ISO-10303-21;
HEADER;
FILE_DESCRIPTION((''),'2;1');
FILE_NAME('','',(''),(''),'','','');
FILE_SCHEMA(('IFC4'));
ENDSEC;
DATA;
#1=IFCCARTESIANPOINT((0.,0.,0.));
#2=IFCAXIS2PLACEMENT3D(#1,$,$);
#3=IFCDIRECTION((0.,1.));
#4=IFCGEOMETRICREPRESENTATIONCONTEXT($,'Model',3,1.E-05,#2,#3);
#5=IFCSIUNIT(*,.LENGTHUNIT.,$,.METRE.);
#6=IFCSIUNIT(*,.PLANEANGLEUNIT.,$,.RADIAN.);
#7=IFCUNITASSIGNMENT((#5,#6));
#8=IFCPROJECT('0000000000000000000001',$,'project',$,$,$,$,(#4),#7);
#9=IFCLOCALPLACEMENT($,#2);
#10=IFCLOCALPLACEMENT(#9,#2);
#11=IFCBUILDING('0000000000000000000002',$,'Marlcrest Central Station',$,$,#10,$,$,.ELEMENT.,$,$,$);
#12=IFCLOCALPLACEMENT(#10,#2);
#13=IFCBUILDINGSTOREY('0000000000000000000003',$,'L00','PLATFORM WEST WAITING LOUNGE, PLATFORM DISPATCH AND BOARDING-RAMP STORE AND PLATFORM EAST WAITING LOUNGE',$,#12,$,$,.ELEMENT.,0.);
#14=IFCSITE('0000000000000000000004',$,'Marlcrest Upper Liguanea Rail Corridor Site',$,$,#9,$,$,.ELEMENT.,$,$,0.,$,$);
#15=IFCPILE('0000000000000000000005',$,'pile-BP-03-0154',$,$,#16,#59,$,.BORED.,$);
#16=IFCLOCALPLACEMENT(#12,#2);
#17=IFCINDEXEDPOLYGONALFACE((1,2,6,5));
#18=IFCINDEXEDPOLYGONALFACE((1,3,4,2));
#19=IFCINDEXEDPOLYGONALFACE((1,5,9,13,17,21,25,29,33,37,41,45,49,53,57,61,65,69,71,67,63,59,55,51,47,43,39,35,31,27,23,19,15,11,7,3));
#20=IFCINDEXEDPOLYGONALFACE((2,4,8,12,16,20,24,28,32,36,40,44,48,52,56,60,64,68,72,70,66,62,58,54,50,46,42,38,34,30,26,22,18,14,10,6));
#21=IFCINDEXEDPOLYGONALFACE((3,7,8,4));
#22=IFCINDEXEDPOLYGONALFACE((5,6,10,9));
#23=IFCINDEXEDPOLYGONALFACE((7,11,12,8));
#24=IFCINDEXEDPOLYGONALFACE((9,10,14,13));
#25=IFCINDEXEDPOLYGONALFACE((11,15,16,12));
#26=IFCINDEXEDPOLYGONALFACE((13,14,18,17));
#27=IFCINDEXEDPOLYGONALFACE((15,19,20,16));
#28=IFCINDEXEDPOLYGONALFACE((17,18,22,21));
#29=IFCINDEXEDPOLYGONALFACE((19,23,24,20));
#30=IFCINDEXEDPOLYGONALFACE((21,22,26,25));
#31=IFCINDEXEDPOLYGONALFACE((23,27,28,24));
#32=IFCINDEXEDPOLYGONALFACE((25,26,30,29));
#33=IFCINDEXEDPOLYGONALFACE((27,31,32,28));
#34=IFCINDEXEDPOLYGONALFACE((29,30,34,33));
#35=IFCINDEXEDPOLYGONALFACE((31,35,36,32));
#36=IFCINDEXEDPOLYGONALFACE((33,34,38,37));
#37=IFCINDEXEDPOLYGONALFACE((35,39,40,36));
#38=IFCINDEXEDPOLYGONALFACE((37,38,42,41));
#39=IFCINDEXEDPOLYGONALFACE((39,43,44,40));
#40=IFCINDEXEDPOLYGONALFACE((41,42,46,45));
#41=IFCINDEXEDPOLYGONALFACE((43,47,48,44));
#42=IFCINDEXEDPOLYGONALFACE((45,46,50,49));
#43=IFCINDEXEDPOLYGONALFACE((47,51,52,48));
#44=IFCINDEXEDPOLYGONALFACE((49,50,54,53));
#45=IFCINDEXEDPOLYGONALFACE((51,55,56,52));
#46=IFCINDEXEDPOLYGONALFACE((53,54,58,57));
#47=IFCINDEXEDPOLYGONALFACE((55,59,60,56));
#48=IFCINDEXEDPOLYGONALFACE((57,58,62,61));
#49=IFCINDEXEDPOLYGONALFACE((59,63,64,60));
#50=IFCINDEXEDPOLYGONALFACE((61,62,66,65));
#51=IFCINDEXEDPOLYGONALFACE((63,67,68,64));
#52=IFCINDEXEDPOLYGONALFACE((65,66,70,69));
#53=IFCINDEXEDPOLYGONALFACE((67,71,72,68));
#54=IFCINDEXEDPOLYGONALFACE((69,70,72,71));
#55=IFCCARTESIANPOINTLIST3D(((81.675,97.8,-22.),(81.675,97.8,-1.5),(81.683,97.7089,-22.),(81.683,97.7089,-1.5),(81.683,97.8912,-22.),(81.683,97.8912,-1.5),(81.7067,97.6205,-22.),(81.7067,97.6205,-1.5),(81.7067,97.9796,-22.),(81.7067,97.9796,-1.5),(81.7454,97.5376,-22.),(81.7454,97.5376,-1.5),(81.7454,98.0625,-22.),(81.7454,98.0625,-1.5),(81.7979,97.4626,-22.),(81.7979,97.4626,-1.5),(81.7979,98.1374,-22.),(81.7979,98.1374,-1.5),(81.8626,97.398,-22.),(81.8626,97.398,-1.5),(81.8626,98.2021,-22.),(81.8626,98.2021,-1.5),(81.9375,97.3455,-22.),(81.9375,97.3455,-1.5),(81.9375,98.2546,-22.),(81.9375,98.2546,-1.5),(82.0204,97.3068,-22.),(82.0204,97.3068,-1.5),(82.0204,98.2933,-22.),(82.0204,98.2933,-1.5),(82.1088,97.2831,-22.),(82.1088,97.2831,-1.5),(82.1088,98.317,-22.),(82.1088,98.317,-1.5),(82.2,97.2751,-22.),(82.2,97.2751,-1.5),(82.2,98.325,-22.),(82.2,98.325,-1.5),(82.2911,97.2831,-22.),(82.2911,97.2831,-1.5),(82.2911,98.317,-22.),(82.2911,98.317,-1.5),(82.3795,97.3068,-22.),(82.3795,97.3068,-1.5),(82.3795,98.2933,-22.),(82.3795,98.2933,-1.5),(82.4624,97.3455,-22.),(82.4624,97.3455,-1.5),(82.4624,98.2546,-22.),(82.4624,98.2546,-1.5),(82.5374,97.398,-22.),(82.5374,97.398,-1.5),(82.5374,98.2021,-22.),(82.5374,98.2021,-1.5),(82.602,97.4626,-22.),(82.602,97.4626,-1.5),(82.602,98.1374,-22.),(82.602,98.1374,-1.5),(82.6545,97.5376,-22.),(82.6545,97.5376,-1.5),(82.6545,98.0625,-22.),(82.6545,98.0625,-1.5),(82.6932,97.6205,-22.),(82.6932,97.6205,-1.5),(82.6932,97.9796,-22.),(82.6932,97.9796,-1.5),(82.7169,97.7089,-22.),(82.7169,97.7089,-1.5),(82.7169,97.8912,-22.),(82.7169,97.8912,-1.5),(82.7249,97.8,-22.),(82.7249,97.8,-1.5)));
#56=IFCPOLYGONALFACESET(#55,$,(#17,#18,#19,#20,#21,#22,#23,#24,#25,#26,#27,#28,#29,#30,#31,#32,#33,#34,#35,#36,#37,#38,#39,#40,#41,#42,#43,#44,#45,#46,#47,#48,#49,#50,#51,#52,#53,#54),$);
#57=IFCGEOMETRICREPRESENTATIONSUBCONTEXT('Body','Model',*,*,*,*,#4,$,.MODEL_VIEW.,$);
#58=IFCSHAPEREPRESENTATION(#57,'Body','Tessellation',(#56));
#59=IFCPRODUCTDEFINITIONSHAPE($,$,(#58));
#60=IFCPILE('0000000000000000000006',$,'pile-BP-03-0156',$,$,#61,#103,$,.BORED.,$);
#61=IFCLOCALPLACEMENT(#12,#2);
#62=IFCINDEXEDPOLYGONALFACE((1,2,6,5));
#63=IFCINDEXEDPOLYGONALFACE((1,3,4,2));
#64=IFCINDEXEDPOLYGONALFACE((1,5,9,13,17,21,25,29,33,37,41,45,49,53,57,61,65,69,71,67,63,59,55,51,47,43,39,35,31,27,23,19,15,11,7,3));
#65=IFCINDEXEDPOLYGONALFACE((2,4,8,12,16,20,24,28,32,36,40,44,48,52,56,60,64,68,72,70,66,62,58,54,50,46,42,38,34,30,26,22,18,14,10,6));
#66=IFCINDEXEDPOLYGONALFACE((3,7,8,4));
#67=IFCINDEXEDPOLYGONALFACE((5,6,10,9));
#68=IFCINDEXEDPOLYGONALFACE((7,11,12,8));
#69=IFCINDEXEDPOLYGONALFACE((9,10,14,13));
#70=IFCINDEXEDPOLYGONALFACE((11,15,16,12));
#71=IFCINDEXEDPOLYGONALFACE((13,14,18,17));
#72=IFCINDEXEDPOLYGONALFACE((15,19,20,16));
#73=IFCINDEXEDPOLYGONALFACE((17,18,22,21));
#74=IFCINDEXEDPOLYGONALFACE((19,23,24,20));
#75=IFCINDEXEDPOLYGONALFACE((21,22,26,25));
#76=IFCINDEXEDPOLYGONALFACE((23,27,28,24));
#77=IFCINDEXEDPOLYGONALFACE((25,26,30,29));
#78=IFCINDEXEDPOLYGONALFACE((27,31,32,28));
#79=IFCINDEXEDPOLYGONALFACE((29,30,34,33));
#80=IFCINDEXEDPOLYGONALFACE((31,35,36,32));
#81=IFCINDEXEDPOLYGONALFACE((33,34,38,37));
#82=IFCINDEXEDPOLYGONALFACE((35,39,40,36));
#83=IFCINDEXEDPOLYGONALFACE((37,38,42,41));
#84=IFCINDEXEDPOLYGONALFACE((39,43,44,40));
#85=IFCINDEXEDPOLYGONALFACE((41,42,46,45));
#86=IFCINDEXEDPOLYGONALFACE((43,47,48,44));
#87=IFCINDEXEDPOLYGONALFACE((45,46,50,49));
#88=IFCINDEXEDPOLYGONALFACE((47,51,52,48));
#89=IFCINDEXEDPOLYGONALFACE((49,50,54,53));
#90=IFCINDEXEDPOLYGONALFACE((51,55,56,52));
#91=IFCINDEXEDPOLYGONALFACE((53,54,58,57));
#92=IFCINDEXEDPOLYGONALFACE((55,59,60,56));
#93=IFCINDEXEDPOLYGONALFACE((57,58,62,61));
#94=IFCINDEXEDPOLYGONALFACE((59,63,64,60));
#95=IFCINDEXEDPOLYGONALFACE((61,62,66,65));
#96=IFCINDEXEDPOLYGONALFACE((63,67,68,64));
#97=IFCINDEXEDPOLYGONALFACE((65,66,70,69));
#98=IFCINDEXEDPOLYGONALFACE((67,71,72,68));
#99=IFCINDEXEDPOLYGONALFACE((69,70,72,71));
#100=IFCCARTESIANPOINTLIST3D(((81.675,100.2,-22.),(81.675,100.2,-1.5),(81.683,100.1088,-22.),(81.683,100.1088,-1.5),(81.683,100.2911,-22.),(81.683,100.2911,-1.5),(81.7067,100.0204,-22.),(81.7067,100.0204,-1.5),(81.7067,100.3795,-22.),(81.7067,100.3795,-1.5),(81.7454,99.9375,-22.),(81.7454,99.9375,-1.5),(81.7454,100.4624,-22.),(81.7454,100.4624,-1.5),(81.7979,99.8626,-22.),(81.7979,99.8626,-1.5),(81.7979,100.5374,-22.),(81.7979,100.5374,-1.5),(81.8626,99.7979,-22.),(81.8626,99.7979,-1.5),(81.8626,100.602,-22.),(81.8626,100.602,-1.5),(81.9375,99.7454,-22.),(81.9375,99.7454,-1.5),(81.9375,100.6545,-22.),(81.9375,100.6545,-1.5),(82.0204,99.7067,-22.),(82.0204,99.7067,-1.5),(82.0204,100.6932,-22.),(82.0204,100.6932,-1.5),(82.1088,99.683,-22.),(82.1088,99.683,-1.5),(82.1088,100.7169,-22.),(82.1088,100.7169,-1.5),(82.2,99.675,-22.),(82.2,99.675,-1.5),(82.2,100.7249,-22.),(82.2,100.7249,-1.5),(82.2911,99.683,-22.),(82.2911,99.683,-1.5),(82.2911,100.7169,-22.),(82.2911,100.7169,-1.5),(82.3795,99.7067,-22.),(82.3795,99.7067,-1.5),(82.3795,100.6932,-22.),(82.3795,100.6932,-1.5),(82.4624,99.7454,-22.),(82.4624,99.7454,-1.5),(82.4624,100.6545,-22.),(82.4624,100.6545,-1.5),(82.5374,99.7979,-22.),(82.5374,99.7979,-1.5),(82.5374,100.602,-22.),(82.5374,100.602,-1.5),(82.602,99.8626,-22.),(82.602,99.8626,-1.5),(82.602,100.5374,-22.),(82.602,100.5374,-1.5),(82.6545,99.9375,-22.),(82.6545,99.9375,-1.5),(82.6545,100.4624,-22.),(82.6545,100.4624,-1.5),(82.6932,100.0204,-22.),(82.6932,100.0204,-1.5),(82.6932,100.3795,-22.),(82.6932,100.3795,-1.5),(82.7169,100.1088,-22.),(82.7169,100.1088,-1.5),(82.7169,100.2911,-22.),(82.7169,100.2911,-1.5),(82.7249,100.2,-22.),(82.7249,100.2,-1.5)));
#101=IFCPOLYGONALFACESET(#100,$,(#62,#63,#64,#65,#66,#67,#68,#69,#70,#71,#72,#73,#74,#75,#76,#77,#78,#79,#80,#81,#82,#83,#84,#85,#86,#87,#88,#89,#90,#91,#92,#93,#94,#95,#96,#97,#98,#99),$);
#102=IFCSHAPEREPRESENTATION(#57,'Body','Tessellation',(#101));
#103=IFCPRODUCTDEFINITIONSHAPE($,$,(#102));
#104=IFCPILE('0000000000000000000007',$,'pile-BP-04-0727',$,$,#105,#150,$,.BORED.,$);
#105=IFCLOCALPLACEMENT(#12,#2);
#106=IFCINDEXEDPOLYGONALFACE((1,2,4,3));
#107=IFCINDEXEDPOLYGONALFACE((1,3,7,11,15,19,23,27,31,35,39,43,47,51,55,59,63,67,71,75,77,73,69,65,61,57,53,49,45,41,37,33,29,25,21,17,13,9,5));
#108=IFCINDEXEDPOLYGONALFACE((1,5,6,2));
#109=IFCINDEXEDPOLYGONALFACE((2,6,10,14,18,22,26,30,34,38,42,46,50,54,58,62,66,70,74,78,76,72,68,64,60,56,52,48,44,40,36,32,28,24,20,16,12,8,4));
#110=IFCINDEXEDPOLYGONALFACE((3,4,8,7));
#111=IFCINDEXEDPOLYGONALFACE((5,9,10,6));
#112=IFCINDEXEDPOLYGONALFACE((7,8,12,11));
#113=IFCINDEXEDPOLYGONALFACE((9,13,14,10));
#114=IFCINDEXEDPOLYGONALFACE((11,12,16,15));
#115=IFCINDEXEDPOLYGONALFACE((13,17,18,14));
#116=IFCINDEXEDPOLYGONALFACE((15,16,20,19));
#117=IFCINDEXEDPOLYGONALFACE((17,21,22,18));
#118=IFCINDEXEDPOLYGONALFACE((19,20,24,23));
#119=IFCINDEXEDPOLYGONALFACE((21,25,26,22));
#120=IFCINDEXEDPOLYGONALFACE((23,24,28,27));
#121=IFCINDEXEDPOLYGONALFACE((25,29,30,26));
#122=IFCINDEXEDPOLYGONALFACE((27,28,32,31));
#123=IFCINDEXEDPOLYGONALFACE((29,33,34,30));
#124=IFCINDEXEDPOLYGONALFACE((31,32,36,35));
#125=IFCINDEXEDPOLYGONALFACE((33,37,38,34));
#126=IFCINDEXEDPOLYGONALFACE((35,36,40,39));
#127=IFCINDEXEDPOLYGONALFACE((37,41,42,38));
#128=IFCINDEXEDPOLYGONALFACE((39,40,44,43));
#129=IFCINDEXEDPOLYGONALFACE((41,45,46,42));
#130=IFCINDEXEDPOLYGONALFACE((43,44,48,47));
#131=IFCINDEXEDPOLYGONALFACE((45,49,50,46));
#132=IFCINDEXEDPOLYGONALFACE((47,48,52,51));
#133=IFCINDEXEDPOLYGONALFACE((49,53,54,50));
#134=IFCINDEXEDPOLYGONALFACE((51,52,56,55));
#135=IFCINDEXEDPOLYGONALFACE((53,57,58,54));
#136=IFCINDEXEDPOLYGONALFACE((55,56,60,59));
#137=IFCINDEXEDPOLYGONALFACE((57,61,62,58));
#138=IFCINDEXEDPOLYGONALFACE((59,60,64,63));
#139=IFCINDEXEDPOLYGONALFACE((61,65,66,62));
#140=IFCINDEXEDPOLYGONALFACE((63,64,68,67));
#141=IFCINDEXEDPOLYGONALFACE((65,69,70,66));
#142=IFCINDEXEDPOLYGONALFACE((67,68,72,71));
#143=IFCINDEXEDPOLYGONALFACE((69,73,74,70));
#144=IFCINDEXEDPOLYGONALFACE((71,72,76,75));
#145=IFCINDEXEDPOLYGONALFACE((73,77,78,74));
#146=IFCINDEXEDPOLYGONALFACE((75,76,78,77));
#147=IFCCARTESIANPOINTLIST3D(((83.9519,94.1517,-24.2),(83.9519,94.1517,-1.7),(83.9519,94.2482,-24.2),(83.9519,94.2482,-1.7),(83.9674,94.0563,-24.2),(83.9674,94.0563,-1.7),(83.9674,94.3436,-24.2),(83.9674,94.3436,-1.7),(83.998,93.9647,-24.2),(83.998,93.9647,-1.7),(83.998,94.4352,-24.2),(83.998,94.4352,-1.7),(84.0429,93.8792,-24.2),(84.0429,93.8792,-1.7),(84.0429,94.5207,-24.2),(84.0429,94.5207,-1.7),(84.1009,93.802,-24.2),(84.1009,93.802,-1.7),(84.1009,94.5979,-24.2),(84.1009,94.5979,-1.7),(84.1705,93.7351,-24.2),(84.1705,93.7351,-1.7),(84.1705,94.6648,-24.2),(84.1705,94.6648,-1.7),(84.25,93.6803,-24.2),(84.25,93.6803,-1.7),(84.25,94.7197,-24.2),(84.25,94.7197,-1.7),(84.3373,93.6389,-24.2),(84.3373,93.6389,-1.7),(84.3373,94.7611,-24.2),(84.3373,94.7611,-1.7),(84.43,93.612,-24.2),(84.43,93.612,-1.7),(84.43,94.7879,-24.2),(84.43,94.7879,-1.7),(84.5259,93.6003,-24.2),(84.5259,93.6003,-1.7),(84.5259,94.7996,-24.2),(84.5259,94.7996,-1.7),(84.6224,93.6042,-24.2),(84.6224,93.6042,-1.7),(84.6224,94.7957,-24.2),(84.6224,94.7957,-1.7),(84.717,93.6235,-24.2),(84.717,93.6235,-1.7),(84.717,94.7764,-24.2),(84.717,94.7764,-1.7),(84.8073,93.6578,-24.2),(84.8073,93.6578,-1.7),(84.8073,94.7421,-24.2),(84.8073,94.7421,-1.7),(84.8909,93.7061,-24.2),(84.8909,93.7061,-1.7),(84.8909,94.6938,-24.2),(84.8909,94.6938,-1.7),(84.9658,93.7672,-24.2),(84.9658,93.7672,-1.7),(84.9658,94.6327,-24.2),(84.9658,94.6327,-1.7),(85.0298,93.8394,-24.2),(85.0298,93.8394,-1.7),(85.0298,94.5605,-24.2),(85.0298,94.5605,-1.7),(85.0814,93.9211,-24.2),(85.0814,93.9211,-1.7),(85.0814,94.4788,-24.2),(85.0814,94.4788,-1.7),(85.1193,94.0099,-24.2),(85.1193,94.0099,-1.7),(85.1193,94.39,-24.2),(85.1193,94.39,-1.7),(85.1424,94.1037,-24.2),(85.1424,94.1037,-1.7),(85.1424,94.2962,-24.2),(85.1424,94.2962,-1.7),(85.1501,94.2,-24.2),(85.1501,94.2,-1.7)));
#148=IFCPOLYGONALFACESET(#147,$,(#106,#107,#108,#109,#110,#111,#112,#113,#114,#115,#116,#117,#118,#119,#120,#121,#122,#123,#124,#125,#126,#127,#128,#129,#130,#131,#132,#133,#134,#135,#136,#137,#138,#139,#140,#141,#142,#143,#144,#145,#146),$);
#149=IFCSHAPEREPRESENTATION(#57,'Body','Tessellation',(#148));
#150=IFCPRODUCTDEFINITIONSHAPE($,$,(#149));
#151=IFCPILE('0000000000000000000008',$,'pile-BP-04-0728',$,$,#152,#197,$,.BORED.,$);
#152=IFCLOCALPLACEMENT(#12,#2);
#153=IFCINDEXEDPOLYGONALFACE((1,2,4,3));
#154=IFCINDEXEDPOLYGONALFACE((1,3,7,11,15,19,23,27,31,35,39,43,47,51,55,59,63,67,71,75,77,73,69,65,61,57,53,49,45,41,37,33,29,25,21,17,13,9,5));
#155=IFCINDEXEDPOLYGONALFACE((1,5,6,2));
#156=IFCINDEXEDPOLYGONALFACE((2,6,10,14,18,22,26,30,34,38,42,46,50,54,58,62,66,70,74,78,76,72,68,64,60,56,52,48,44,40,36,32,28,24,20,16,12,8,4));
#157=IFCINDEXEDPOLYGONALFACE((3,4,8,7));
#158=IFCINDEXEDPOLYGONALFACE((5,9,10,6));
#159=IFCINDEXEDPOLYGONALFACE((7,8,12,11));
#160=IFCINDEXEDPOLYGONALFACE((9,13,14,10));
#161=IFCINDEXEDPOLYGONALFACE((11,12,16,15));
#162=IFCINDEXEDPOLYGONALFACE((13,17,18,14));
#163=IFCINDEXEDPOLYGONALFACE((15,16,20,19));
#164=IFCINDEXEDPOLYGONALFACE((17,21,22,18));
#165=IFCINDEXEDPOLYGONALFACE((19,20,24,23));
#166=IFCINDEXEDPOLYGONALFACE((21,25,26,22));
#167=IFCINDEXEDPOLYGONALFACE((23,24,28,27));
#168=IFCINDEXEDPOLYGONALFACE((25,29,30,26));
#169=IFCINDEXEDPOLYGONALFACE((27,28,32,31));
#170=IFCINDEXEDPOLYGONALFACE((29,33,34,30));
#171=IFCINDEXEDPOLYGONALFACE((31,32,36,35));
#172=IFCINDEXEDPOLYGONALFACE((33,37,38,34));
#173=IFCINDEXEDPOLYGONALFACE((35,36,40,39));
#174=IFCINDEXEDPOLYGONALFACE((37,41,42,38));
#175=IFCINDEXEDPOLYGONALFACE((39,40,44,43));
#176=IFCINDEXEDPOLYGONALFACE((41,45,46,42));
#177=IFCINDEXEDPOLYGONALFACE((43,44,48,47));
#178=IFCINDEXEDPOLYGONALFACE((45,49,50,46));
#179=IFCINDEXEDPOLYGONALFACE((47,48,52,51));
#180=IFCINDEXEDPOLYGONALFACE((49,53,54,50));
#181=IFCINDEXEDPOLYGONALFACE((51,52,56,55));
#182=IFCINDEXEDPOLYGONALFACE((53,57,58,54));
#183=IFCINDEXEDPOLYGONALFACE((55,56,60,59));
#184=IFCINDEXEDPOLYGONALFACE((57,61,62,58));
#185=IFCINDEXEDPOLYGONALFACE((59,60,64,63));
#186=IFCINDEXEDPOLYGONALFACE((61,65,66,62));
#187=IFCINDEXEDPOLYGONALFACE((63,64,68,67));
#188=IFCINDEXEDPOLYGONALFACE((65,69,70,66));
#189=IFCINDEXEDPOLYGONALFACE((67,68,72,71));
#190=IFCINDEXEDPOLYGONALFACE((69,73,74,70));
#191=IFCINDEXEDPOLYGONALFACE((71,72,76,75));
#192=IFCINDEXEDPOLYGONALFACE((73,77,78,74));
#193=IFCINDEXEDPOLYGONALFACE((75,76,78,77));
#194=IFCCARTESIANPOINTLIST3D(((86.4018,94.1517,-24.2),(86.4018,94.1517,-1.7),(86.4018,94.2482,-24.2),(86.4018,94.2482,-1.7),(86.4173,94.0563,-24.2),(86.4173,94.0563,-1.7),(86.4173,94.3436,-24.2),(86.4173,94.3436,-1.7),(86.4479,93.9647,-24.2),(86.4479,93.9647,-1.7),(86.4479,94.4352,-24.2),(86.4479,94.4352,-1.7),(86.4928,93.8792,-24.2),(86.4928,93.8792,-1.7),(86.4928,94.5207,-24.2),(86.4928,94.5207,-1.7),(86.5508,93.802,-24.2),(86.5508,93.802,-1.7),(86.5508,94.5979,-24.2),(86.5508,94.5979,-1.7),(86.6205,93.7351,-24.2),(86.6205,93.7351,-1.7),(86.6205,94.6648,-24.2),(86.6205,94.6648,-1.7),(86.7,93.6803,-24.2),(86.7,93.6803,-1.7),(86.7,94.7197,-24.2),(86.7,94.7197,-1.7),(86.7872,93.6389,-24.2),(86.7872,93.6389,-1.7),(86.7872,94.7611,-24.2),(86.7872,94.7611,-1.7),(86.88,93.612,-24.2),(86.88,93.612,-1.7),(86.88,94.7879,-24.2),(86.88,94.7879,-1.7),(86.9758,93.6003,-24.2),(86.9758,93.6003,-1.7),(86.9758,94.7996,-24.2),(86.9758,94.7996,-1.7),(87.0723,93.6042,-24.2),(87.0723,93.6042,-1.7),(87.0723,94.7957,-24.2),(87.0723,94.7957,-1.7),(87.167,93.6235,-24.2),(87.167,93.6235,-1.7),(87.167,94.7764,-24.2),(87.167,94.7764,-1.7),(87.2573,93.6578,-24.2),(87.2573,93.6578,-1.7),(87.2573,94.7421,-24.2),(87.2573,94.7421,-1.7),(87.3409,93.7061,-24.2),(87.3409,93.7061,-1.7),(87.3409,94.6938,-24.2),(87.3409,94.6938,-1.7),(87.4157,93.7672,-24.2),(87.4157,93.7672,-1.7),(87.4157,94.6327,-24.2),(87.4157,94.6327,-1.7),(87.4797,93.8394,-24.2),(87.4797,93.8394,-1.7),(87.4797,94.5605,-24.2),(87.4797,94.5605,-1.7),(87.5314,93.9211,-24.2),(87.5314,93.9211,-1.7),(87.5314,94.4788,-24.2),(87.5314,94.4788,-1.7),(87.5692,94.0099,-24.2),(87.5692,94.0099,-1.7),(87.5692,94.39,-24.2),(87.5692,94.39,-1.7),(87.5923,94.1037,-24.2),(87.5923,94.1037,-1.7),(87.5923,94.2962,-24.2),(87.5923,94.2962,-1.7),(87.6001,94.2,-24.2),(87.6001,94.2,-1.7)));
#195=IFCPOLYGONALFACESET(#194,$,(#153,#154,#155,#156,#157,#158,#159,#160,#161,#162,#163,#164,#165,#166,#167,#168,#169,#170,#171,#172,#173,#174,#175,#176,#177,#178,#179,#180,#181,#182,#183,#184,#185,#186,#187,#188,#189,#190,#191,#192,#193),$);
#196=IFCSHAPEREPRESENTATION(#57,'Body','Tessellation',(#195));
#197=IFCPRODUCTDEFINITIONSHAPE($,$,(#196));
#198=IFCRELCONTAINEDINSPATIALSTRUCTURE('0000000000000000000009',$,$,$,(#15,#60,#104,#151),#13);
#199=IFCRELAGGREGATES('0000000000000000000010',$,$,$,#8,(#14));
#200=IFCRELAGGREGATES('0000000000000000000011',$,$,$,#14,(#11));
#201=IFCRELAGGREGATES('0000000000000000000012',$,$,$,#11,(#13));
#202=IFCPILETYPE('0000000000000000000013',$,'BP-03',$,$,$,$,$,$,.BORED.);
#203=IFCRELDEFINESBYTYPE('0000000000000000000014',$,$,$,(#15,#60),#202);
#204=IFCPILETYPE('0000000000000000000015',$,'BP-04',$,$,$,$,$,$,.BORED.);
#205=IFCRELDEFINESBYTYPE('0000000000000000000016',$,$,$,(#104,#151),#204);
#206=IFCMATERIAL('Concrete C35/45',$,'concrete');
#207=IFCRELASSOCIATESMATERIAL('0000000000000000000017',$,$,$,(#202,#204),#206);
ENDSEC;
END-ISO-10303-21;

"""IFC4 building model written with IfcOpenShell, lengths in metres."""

from ifc_helpers import new_model, si_unit, direction, frame, origin, origin_2d, place, context, subcontext, project, spatial, circle, extrude, material, material_profile, profile_set, type_object, element, save


model = new_model("IFC4")

# Units and contexts
model_context = context("Model", 3, precision=1e-05, world=origin(), true_north=direction((0.0, 1.0)))
body_context = subcontext(model_context, "Body", "Model", "MODEL_VIEW")
ifc_project = project(units=[si_unit("LENGTHUNIT", "METRE"), si_unit("PLANEANGLEUNIT", "RADIAN")], contexts=[model_context])

# Site, building, storey
site_placement = place(None, origin())
site = spatial("IfcSite", under=ifc_project, at=site_placement, Name="Marlcrest Upper Liguanea Rail Corridor Site", CompositionType="ELEMENT", RefElevation=0.0)
building_placement = place(site_placement, origin())
building = spatial("IfcBuilding", under=site, at=building_placement, Name="Marlcrest Central Station", CompositionType="ELEMENT")
storey_placement = place(building_placement, origin())
storey = spatial("IfcBuildingStorey", under=building, at=storey_placement, Name="L00", Description="PLATFORM WEST WAITING LOUNGE, PLATFORM DISPATCH AND BOARDING-RAMP STORE AND PLATFORM EAST WAITING LOUNGE", CompositionType="ELEMENT", Elevation=0.0)

# Piles
ifc_material_1 = material(Name="Concrete C35/45", Category="concrete")
ifc_material_profile_1 = material_profile(ifc_material_1, circle(Radius=0.5249, at=origin_2d()), Name="PILE D1050")
ifc_profile_set_1 = profile_set([ifc_material_profile_1], Name="Concrete C35/45")
pile_type_1 = type_object("IfcPileType", Name="BP-03", PredefinedType="BORED", material=ifc_profile_set_1)
for number, where, z_axis, x_axis, name in (
    (1, (82.2, 97.8, -1.5), (0.0, 0.0, -1.0), (1.0, 0.0, 0.0), "pile-BP-03-0154"),
    (2, (82.2, 100.2, -1.5), (0.0, 0.0, -1.0), (1.0, 0.0, 0.0), "pile-BP-03-0156"),
):
    element("IfcPile", number, at=place(storey_placement, frame(where, z_axis=z_axis, x_axis=x_axis)), inside=storey, type_object=pile_type_1, Name=name, PredefinedType="BORED", context=body_context, shape_type="SweptSolid", body=[
        extrude(circle(Radius=0.5249, at=origin_2d()), origin(), (0.0, 0.0, 1.0), 20.5),
    ])
ifc_material_profile_2 = material_profile(ifc_material_1, circle(Radius=0.6001, at=origin_2d()), Name="PILE D1200")
ifc_profile_set_2 = profile_set([ifc_material_profile_2], Name="Concrete C35/45")
pile_type_2 = type_object("IfcPileType", Name="BP-04", PredefinedType="BORED", material=ifc_profile_set_2)
for number, where, z_axis, x_axis, name in (
    (3, (84.55, 94.2, -1.7), (0.0, 0.0, -1.0), (1.0, 0.0, 0.0), "pile-BP-04-0727"),
    (4, (87.0, 94.2, -1.7), (0.0, 0.0, -1.0), (1.0, 0.0, 0.0), "pile-BP-04-0728"),
):
    element("IfcPile", number, at=place(storey_placement, frame(where, z_axis=z_axis, x_axis=x_axis)), inside=storey, type_object=pile_type_2, Name=name, PredefinedType="BORED", context=body_context, shape_type="SweptSolid", body=[
        extrude(circle(Radius=0.6001, at=origin_2d()), origin(), (0.0, 0.0, 1.0), 22.5),
    ])

save(model, "model.ifc")
